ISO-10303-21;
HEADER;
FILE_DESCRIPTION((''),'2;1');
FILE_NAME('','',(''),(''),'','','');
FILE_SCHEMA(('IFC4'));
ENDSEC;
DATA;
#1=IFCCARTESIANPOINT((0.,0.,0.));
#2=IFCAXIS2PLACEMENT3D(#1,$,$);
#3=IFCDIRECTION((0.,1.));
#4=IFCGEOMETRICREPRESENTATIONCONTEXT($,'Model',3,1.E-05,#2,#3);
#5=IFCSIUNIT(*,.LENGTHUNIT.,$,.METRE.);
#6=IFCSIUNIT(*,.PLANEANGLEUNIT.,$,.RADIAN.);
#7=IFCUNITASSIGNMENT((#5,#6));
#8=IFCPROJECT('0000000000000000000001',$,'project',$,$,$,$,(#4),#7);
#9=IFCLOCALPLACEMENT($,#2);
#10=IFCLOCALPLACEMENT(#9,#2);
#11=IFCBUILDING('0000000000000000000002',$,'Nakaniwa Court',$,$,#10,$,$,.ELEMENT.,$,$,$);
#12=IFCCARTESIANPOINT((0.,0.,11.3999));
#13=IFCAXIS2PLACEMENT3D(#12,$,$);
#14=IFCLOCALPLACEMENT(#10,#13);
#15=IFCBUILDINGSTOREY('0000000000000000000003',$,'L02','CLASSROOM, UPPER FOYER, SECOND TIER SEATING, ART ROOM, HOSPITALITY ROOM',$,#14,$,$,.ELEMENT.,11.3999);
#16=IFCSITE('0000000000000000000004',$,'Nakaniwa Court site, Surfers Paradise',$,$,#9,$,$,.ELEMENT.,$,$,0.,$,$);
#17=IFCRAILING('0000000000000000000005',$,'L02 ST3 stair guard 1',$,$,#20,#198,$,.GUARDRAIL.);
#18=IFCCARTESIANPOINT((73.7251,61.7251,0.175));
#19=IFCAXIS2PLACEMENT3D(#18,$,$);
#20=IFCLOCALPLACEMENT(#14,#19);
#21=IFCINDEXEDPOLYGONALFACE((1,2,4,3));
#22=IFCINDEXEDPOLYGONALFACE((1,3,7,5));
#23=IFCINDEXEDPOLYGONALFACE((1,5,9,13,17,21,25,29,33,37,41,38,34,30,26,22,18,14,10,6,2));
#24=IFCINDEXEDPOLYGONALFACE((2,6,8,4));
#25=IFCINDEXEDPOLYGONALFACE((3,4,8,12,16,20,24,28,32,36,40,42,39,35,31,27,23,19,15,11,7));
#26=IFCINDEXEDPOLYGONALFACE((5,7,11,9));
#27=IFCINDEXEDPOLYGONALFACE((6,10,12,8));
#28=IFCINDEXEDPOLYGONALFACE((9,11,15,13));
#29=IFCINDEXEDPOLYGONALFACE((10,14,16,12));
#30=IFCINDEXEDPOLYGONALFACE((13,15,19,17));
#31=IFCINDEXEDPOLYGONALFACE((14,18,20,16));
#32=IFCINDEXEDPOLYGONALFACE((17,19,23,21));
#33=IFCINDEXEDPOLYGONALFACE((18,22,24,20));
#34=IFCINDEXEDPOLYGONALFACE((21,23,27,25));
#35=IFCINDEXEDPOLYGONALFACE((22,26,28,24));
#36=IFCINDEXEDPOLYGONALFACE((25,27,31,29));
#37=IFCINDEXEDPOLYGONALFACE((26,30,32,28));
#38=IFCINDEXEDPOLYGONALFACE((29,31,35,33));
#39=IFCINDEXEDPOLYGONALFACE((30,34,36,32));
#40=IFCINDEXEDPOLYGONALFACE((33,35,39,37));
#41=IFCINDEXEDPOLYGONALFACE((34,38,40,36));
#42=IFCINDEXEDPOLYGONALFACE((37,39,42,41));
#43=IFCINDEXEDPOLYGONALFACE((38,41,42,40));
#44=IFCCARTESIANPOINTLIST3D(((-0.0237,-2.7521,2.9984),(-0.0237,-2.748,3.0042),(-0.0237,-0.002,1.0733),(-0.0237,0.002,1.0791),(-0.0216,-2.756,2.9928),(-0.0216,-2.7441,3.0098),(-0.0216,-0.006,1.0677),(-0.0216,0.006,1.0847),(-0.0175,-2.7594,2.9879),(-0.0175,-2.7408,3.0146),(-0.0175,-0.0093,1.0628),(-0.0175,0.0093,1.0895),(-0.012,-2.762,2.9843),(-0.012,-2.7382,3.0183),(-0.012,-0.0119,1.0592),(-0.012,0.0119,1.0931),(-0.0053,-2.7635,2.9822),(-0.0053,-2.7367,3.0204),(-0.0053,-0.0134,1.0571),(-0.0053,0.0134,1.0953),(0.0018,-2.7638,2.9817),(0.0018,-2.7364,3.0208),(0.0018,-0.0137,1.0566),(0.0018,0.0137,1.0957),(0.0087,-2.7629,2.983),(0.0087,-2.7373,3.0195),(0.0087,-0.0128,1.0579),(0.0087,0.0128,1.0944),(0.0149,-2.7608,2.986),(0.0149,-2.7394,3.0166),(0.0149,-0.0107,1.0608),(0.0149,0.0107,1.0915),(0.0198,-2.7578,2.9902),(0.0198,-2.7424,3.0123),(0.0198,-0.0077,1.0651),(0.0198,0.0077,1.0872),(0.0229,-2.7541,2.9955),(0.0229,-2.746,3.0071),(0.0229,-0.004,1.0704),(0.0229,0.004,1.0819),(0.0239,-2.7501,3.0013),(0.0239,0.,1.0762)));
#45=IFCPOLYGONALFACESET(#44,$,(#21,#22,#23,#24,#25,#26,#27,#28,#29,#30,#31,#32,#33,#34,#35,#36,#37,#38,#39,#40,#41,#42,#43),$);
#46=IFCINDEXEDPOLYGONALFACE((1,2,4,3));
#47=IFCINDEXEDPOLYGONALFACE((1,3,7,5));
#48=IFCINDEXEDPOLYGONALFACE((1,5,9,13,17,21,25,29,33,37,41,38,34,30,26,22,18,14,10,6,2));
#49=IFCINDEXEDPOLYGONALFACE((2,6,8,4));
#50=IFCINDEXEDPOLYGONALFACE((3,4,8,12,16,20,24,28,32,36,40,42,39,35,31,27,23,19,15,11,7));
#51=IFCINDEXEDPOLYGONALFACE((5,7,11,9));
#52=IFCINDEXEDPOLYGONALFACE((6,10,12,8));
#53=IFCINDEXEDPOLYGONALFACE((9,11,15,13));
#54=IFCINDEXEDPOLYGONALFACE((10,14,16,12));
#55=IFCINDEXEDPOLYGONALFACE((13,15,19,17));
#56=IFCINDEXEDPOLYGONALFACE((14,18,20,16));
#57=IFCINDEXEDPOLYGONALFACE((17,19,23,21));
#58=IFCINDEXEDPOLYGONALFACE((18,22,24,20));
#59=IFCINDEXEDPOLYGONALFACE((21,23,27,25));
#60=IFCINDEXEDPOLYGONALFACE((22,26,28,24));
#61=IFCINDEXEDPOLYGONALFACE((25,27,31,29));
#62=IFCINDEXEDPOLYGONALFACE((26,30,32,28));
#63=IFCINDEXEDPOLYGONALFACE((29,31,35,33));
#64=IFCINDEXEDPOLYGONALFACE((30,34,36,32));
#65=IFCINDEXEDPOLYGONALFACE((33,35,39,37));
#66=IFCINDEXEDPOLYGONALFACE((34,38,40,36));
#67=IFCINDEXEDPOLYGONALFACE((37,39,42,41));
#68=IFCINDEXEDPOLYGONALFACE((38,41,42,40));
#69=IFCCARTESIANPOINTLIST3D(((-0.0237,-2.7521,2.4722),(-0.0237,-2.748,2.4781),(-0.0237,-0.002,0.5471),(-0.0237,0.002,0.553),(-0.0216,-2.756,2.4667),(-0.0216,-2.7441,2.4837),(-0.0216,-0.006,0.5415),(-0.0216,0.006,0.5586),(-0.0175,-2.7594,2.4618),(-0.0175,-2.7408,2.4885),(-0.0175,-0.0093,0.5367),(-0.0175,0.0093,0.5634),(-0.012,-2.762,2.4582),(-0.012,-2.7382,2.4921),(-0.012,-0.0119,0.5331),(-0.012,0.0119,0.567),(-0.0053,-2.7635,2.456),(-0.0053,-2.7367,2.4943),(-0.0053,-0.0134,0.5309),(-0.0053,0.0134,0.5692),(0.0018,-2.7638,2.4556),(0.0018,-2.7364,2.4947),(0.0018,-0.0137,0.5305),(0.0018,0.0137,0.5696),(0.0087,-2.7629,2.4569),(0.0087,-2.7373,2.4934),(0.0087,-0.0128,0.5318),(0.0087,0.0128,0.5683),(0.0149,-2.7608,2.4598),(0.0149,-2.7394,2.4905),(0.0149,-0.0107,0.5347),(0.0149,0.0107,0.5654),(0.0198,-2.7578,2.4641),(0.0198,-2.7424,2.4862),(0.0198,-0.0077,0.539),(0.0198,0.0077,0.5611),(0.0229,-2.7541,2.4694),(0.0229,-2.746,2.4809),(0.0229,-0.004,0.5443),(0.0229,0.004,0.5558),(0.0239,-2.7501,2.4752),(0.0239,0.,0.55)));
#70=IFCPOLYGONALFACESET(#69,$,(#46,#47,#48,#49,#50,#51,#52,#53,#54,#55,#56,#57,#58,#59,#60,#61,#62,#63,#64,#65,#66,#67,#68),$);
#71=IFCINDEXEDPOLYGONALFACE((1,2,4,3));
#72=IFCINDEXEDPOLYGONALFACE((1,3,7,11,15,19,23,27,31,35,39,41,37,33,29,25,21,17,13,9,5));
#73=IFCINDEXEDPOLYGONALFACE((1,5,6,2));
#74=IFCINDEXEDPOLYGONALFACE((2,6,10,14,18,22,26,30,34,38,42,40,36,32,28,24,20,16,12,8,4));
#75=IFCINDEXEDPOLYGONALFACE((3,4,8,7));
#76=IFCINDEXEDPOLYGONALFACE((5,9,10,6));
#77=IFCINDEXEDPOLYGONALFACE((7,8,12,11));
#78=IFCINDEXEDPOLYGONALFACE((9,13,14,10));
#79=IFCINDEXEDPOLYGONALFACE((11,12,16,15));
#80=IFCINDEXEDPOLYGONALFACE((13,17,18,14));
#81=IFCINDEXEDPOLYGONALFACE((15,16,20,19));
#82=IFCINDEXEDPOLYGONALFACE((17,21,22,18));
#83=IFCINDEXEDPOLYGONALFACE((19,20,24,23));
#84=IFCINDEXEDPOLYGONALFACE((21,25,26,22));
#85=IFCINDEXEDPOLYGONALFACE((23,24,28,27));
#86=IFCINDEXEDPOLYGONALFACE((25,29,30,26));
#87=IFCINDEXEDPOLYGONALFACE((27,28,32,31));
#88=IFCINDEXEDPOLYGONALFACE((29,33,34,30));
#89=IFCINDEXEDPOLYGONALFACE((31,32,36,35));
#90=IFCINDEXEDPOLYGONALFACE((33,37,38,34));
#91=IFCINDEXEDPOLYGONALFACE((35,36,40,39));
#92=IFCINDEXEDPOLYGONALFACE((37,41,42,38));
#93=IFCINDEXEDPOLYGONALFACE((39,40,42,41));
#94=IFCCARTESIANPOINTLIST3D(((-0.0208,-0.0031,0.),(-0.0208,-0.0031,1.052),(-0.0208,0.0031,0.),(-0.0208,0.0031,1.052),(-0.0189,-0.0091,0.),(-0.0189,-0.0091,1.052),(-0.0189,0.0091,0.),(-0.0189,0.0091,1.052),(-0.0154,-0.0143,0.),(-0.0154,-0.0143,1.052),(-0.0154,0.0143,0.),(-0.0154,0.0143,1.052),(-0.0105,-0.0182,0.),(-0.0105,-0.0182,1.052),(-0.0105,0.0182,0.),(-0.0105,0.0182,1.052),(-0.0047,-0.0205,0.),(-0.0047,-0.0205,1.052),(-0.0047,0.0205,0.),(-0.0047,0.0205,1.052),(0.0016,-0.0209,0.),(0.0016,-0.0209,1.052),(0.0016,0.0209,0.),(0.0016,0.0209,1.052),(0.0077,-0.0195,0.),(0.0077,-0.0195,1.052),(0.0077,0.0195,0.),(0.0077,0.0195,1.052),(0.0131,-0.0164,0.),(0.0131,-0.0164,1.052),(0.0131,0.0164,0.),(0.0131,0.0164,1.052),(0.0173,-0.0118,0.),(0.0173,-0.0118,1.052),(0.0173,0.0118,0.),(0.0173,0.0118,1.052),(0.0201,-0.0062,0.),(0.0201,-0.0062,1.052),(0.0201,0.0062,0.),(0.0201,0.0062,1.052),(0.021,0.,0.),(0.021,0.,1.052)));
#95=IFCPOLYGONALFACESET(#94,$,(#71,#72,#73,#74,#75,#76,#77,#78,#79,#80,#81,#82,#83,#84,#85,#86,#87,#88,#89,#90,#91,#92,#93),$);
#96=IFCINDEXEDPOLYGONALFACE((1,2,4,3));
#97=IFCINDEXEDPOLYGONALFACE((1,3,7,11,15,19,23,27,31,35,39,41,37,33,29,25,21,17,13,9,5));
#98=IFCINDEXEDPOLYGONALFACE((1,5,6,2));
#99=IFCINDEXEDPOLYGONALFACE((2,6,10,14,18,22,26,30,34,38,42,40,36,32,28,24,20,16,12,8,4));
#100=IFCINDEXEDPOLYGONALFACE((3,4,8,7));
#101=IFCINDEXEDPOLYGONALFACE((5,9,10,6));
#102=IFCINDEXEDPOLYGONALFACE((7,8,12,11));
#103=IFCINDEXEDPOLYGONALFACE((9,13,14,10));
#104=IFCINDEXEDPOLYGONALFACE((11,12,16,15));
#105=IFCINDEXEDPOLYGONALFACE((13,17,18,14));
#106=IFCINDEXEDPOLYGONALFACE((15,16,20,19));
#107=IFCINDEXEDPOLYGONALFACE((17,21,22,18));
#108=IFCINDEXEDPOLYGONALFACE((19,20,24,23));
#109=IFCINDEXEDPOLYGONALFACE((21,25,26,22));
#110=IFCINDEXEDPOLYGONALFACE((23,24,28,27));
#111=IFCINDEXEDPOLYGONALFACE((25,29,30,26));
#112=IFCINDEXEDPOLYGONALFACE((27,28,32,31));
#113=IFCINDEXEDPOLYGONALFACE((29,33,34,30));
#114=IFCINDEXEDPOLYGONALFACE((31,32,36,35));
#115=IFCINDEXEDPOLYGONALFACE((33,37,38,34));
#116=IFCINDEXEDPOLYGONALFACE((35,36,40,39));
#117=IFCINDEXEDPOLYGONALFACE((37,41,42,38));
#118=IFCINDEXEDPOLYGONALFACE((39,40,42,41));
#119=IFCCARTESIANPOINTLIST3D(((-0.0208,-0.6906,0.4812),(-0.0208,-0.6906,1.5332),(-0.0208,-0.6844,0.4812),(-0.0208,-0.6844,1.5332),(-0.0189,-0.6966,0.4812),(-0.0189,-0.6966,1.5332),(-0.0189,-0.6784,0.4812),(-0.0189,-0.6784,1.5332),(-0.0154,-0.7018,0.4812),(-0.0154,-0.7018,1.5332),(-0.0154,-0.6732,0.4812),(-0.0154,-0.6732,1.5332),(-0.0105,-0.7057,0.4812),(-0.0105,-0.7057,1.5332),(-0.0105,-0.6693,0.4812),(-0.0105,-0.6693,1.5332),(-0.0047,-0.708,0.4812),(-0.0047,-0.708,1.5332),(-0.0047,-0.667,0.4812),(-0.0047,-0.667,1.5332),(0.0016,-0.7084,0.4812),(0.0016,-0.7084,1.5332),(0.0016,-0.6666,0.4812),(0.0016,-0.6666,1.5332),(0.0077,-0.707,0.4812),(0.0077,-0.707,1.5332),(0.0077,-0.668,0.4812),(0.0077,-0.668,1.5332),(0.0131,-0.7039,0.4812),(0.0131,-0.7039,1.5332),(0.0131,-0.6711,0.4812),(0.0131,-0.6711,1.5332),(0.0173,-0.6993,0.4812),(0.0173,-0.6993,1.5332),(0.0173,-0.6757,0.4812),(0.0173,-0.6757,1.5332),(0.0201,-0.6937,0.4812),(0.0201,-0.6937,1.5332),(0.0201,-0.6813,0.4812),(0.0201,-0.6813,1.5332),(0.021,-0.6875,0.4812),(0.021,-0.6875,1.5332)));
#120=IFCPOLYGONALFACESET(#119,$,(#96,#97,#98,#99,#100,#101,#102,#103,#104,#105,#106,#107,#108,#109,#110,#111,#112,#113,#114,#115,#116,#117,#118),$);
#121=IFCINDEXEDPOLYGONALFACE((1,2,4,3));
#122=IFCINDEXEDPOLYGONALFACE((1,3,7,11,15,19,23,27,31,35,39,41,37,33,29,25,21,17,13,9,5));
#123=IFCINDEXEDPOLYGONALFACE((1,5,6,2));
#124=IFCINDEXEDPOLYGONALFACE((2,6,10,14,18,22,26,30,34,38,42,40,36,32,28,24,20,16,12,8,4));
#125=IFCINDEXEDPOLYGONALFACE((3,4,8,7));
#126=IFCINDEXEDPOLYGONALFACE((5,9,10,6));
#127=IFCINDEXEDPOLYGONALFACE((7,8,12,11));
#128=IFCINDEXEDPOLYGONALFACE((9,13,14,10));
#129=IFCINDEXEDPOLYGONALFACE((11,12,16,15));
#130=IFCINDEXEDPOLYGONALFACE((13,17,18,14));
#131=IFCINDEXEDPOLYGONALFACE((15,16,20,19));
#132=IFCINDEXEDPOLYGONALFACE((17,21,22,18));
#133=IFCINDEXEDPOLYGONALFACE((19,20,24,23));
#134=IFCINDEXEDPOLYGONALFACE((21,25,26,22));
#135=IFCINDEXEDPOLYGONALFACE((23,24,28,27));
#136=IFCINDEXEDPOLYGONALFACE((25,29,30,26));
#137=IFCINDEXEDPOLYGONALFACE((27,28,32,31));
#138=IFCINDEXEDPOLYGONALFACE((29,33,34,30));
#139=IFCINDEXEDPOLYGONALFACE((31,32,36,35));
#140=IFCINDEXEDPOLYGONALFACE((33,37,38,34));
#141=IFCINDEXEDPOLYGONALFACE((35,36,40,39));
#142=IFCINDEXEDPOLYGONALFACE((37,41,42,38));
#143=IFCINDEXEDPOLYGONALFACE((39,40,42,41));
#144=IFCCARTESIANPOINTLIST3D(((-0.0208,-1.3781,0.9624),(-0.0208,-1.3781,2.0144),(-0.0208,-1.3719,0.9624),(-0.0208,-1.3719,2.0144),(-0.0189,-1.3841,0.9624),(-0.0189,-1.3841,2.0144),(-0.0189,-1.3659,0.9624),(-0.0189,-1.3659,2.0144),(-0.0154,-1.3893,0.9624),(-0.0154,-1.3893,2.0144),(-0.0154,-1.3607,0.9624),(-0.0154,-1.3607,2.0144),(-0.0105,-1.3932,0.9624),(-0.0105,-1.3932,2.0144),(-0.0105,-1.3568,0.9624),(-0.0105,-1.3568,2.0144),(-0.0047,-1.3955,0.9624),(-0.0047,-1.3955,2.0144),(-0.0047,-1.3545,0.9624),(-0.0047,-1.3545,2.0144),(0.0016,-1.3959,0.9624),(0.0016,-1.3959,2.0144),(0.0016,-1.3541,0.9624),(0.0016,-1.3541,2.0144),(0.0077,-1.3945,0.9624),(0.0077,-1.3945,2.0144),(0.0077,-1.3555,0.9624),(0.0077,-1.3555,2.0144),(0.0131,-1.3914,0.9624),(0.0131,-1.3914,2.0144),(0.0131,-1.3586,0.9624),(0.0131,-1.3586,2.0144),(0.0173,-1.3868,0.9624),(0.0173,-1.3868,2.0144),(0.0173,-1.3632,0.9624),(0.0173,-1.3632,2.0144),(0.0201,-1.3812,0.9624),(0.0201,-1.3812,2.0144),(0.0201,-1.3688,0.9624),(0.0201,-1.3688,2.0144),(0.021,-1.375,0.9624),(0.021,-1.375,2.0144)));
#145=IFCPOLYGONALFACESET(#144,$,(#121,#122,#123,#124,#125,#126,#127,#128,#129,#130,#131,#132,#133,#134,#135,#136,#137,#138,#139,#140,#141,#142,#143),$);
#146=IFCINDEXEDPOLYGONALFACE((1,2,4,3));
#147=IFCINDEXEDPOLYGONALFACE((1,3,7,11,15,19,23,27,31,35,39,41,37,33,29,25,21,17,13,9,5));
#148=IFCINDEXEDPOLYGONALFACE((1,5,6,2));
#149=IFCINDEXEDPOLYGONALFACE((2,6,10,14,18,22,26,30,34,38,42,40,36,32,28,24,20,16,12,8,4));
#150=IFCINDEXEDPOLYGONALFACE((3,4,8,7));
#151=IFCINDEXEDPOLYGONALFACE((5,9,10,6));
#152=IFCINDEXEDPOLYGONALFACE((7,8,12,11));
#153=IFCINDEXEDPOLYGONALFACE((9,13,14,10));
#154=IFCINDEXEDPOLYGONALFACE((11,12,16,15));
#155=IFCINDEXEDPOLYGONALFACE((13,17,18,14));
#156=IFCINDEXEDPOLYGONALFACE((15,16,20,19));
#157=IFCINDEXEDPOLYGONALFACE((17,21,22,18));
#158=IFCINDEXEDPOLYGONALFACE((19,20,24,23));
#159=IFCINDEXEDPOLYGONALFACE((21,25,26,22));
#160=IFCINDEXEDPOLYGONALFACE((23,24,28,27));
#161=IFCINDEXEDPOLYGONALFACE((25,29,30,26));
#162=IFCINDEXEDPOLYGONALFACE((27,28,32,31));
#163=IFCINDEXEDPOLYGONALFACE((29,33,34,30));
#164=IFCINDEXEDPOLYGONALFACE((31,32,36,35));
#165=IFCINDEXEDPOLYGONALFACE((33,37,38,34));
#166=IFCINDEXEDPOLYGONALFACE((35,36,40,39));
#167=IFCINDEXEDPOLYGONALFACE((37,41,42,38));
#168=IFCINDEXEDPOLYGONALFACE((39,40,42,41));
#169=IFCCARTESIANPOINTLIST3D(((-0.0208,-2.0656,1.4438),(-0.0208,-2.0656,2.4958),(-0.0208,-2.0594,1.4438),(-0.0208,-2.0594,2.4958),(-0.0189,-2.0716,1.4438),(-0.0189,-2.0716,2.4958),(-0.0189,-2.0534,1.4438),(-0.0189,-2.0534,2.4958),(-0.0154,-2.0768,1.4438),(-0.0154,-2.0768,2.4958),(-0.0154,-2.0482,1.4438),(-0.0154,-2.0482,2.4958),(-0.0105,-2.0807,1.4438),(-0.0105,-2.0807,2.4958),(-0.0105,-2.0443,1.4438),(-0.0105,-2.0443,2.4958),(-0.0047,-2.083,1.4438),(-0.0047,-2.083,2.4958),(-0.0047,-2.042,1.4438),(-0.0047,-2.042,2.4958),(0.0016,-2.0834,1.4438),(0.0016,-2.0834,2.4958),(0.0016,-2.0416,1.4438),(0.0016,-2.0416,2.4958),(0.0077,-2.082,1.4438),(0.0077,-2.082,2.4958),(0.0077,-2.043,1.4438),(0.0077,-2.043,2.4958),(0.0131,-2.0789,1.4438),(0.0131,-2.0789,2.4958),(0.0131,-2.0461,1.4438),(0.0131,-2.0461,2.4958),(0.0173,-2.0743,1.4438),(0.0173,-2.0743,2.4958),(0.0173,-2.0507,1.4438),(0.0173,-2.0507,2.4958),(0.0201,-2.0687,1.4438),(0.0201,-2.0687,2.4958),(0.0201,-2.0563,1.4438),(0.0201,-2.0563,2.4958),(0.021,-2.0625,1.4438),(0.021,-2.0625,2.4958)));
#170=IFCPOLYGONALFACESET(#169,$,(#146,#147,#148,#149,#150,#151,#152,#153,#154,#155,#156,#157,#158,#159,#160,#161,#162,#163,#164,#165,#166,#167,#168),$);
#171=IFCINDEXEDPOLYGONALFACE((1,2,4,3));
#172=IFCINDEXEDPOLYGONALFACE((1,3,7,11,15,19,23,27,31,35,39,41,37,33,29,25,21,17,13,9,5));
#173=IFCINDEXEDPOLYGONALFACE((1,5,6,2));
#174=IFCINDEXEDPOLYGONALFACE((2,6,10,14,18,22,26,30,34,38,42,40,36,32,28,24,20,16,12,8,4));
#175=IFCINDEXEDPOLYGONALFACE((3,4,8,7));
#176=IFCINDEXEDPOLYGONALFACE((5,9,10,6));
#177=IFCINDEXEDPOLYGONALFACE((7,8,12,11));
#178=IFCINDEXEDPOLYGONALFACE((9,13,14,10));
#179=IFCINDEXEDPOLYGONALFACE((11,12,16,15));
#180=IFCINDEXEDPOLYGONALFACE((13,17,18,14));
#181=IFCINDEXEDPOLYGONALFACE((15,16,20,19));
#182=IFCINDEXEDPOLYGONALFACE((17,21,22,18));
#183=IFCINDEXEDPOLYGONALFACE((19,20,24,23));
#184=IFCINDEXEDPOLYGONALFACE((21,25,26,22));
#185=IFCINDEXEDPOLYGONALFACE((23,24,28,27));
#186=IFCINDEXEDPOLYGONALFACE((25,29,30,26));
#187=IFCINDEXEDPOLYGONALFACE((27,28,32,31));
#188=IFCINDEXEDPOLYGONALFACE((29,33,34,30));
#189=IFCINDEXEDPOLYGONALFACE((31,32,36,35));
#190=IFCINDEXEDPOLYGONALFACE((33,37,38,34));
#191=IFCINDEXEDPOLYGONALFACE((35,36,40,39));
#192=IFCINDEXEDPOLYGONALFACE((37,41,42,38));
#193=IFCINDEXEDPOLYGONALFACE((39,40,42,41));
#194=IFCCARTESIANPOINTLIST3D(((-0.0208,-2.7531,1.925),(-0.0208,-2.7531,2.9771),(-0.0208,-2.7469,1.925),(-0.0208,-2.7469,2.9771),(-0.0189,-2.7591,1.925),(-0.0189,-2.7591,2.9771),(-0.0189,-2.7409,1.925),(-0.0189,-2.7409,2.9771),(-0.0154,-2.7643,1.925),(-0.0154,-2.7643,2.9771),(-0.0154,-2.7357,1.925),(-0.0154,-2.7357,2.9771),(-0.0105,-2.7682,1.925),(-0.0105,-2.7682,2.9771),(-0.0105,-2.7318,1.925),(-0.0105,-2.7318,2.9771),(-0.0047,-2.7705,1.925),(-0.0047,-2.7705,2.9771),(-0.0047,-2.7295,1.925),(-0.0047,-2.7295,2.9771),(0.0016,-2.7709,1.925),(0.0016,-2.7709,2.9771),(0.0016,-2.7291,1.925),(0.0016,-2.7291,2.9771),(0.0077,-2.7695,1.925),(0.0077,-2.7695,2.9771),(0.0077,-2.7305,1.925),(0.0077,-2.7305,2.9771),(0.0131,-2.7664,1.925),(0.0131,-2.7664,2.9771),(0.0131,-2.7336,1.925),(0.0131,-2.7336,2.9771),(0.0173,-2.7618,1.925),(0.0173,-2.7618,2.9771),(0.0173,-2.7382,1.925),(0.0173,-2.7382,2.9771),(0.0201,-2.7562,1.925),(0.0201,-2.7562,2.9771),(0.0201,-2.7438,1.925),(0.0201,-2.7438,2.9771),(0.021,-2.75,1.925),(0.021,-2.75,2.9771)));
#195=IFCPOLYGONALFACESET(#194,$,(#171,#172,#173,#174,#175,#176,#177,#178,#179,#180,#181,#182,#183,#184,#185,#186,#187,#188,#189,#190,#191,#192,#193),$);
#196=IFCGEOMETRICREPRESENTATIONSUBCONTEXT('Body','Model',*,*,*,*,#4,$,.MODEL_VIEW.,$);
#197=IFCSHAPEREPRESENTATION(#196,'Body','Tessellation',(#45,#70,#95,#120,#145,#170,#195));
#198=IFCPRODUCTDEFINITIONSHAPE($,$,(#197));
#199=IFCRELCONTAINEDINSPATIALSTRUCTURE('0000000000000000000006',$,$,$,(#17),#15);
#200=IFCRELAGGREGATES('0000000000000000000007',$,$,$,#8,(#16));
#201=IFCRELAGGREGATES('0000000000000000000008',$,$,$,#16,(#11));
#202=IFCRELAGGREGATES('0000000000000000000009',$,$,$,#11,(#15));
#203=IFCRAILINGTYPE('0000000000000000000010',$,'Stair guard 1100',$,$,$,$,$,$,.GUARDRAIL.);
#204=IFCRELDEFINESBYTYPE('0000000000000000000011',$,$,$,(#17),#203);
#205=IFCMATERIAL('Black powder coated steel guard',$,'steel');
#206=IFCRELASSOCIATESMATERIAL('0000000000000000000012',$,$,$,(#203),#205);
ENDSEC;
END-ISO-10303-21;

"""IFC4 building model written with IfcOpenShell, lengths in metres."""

from ifc_helpers import new_model, si_unit, direction, frame, origin, origin_2d, place, context, subcontext, project, spatial, circle, extrude, material, type_object, element, save


model = new_model("IFC4")

# Units and contexts
model_context = context("Model", 3, precision=1e-05, world=origin(), true_north=direction((0.0, 1.0)))
body_context = subcontext(model_context, "Body", "Model", "MODEL_VIEW")
ifc_project = project(units=[si_unit("LENGTHUNIT", "METRE"), si_unit("PLANEANGLEUNIT", "RADIAN")], contexts=[model_context])

# Site, building, storey
site_placement = place(None, origin())
site = spatial("IfcSite", under=ifc_project, at=site_placement, Name="Nakaniwa Court site, Surfers Paradise", CompositionType="ELEMENT", RefElevation=0.0)
building_placement = place(site_placement, origin())
building = spatial("IfcBuilding", under=site, at=building_placement, Name="Nakaniwa Court", CompositionType="ELEMENT")
storey_placement = place(building_placement, frame((0.0, 0.0, 11.3999)))
storey = spatial("IfcBuildingStorey", under=building, at=storey_placement, Name="L02", Description="CLASSROOM, UPPER FOYER, SECOND TIER SEATING, ART ROOM, HOSPITALITY ROOM", CompositionType="ELEMENT", Elevation=11.3999)

# Railing
ifc_material_1 = material(Name="Black powder coated steel guard", Category="steel")
railing_type = type_object("IfcRailingType", Name="Stair guard 1100", PredefinedType="GUARDRAIL", material=ifc_material_1)
railing_1_placement = place(storey_placement, frame((73.7251, 61.7251, 0.175)))
element("IfcRailing", 1, at=railing_1_placement, inside=storey, type_object=railing_type, Name="L02 ST3 stair guard 1", PredefinedType="GUARDRAIL", context=body_context, shape_type="SweptSolid", body=[
    extrude(circle(Radius=0.0239, at=origin_2d()), frame((0.0, 0.0, 1.0762), z_axis=(0.0, -0.819225, 0.573472), x_axis=(1.0, 0.0, 0.0)), (0.0, 0.0, 1.0), 3.3569),
    extrude(circle(Radius=0.0239, at=origin_2d()), frame((0.0, 0.0, 0.55), z_axis=(0.0, -0.819225, 0.573472), x_axis=(1.0, 0.0, 0.0)), (0.0, 0.0, 1.0), 3.3569),
    extrude(circle(Radius=0.021, at=origin_2d()), origin(), (0.0, 0.0, 1.0), 1.052),
    extrude(circle(Radius=0.021, at=origin_2d()), frame((0.0, -0.6875, 0.4812)), (0.0, 0.0, 1.0), 1.052),
    extrude(circle(Radius=0.021, at=origin_2d()), frame((0.0, -1.375, 0.9624)), (0.0, 0.0, 1.0), 1.052),
    extrude(circle(Radius=0.021, at=origin_2d()), frame((0.0, -2.0625, 1.4438)), (0.0, 0.0, 1.0), 1.052),
    extrude(circle(Radius=0.021, at=origin_2d()), frame((0.0, -2.75, 1.925)), (0.0, 0.0, 1.0), 1.052),
])

save(model, "model.ifc")
